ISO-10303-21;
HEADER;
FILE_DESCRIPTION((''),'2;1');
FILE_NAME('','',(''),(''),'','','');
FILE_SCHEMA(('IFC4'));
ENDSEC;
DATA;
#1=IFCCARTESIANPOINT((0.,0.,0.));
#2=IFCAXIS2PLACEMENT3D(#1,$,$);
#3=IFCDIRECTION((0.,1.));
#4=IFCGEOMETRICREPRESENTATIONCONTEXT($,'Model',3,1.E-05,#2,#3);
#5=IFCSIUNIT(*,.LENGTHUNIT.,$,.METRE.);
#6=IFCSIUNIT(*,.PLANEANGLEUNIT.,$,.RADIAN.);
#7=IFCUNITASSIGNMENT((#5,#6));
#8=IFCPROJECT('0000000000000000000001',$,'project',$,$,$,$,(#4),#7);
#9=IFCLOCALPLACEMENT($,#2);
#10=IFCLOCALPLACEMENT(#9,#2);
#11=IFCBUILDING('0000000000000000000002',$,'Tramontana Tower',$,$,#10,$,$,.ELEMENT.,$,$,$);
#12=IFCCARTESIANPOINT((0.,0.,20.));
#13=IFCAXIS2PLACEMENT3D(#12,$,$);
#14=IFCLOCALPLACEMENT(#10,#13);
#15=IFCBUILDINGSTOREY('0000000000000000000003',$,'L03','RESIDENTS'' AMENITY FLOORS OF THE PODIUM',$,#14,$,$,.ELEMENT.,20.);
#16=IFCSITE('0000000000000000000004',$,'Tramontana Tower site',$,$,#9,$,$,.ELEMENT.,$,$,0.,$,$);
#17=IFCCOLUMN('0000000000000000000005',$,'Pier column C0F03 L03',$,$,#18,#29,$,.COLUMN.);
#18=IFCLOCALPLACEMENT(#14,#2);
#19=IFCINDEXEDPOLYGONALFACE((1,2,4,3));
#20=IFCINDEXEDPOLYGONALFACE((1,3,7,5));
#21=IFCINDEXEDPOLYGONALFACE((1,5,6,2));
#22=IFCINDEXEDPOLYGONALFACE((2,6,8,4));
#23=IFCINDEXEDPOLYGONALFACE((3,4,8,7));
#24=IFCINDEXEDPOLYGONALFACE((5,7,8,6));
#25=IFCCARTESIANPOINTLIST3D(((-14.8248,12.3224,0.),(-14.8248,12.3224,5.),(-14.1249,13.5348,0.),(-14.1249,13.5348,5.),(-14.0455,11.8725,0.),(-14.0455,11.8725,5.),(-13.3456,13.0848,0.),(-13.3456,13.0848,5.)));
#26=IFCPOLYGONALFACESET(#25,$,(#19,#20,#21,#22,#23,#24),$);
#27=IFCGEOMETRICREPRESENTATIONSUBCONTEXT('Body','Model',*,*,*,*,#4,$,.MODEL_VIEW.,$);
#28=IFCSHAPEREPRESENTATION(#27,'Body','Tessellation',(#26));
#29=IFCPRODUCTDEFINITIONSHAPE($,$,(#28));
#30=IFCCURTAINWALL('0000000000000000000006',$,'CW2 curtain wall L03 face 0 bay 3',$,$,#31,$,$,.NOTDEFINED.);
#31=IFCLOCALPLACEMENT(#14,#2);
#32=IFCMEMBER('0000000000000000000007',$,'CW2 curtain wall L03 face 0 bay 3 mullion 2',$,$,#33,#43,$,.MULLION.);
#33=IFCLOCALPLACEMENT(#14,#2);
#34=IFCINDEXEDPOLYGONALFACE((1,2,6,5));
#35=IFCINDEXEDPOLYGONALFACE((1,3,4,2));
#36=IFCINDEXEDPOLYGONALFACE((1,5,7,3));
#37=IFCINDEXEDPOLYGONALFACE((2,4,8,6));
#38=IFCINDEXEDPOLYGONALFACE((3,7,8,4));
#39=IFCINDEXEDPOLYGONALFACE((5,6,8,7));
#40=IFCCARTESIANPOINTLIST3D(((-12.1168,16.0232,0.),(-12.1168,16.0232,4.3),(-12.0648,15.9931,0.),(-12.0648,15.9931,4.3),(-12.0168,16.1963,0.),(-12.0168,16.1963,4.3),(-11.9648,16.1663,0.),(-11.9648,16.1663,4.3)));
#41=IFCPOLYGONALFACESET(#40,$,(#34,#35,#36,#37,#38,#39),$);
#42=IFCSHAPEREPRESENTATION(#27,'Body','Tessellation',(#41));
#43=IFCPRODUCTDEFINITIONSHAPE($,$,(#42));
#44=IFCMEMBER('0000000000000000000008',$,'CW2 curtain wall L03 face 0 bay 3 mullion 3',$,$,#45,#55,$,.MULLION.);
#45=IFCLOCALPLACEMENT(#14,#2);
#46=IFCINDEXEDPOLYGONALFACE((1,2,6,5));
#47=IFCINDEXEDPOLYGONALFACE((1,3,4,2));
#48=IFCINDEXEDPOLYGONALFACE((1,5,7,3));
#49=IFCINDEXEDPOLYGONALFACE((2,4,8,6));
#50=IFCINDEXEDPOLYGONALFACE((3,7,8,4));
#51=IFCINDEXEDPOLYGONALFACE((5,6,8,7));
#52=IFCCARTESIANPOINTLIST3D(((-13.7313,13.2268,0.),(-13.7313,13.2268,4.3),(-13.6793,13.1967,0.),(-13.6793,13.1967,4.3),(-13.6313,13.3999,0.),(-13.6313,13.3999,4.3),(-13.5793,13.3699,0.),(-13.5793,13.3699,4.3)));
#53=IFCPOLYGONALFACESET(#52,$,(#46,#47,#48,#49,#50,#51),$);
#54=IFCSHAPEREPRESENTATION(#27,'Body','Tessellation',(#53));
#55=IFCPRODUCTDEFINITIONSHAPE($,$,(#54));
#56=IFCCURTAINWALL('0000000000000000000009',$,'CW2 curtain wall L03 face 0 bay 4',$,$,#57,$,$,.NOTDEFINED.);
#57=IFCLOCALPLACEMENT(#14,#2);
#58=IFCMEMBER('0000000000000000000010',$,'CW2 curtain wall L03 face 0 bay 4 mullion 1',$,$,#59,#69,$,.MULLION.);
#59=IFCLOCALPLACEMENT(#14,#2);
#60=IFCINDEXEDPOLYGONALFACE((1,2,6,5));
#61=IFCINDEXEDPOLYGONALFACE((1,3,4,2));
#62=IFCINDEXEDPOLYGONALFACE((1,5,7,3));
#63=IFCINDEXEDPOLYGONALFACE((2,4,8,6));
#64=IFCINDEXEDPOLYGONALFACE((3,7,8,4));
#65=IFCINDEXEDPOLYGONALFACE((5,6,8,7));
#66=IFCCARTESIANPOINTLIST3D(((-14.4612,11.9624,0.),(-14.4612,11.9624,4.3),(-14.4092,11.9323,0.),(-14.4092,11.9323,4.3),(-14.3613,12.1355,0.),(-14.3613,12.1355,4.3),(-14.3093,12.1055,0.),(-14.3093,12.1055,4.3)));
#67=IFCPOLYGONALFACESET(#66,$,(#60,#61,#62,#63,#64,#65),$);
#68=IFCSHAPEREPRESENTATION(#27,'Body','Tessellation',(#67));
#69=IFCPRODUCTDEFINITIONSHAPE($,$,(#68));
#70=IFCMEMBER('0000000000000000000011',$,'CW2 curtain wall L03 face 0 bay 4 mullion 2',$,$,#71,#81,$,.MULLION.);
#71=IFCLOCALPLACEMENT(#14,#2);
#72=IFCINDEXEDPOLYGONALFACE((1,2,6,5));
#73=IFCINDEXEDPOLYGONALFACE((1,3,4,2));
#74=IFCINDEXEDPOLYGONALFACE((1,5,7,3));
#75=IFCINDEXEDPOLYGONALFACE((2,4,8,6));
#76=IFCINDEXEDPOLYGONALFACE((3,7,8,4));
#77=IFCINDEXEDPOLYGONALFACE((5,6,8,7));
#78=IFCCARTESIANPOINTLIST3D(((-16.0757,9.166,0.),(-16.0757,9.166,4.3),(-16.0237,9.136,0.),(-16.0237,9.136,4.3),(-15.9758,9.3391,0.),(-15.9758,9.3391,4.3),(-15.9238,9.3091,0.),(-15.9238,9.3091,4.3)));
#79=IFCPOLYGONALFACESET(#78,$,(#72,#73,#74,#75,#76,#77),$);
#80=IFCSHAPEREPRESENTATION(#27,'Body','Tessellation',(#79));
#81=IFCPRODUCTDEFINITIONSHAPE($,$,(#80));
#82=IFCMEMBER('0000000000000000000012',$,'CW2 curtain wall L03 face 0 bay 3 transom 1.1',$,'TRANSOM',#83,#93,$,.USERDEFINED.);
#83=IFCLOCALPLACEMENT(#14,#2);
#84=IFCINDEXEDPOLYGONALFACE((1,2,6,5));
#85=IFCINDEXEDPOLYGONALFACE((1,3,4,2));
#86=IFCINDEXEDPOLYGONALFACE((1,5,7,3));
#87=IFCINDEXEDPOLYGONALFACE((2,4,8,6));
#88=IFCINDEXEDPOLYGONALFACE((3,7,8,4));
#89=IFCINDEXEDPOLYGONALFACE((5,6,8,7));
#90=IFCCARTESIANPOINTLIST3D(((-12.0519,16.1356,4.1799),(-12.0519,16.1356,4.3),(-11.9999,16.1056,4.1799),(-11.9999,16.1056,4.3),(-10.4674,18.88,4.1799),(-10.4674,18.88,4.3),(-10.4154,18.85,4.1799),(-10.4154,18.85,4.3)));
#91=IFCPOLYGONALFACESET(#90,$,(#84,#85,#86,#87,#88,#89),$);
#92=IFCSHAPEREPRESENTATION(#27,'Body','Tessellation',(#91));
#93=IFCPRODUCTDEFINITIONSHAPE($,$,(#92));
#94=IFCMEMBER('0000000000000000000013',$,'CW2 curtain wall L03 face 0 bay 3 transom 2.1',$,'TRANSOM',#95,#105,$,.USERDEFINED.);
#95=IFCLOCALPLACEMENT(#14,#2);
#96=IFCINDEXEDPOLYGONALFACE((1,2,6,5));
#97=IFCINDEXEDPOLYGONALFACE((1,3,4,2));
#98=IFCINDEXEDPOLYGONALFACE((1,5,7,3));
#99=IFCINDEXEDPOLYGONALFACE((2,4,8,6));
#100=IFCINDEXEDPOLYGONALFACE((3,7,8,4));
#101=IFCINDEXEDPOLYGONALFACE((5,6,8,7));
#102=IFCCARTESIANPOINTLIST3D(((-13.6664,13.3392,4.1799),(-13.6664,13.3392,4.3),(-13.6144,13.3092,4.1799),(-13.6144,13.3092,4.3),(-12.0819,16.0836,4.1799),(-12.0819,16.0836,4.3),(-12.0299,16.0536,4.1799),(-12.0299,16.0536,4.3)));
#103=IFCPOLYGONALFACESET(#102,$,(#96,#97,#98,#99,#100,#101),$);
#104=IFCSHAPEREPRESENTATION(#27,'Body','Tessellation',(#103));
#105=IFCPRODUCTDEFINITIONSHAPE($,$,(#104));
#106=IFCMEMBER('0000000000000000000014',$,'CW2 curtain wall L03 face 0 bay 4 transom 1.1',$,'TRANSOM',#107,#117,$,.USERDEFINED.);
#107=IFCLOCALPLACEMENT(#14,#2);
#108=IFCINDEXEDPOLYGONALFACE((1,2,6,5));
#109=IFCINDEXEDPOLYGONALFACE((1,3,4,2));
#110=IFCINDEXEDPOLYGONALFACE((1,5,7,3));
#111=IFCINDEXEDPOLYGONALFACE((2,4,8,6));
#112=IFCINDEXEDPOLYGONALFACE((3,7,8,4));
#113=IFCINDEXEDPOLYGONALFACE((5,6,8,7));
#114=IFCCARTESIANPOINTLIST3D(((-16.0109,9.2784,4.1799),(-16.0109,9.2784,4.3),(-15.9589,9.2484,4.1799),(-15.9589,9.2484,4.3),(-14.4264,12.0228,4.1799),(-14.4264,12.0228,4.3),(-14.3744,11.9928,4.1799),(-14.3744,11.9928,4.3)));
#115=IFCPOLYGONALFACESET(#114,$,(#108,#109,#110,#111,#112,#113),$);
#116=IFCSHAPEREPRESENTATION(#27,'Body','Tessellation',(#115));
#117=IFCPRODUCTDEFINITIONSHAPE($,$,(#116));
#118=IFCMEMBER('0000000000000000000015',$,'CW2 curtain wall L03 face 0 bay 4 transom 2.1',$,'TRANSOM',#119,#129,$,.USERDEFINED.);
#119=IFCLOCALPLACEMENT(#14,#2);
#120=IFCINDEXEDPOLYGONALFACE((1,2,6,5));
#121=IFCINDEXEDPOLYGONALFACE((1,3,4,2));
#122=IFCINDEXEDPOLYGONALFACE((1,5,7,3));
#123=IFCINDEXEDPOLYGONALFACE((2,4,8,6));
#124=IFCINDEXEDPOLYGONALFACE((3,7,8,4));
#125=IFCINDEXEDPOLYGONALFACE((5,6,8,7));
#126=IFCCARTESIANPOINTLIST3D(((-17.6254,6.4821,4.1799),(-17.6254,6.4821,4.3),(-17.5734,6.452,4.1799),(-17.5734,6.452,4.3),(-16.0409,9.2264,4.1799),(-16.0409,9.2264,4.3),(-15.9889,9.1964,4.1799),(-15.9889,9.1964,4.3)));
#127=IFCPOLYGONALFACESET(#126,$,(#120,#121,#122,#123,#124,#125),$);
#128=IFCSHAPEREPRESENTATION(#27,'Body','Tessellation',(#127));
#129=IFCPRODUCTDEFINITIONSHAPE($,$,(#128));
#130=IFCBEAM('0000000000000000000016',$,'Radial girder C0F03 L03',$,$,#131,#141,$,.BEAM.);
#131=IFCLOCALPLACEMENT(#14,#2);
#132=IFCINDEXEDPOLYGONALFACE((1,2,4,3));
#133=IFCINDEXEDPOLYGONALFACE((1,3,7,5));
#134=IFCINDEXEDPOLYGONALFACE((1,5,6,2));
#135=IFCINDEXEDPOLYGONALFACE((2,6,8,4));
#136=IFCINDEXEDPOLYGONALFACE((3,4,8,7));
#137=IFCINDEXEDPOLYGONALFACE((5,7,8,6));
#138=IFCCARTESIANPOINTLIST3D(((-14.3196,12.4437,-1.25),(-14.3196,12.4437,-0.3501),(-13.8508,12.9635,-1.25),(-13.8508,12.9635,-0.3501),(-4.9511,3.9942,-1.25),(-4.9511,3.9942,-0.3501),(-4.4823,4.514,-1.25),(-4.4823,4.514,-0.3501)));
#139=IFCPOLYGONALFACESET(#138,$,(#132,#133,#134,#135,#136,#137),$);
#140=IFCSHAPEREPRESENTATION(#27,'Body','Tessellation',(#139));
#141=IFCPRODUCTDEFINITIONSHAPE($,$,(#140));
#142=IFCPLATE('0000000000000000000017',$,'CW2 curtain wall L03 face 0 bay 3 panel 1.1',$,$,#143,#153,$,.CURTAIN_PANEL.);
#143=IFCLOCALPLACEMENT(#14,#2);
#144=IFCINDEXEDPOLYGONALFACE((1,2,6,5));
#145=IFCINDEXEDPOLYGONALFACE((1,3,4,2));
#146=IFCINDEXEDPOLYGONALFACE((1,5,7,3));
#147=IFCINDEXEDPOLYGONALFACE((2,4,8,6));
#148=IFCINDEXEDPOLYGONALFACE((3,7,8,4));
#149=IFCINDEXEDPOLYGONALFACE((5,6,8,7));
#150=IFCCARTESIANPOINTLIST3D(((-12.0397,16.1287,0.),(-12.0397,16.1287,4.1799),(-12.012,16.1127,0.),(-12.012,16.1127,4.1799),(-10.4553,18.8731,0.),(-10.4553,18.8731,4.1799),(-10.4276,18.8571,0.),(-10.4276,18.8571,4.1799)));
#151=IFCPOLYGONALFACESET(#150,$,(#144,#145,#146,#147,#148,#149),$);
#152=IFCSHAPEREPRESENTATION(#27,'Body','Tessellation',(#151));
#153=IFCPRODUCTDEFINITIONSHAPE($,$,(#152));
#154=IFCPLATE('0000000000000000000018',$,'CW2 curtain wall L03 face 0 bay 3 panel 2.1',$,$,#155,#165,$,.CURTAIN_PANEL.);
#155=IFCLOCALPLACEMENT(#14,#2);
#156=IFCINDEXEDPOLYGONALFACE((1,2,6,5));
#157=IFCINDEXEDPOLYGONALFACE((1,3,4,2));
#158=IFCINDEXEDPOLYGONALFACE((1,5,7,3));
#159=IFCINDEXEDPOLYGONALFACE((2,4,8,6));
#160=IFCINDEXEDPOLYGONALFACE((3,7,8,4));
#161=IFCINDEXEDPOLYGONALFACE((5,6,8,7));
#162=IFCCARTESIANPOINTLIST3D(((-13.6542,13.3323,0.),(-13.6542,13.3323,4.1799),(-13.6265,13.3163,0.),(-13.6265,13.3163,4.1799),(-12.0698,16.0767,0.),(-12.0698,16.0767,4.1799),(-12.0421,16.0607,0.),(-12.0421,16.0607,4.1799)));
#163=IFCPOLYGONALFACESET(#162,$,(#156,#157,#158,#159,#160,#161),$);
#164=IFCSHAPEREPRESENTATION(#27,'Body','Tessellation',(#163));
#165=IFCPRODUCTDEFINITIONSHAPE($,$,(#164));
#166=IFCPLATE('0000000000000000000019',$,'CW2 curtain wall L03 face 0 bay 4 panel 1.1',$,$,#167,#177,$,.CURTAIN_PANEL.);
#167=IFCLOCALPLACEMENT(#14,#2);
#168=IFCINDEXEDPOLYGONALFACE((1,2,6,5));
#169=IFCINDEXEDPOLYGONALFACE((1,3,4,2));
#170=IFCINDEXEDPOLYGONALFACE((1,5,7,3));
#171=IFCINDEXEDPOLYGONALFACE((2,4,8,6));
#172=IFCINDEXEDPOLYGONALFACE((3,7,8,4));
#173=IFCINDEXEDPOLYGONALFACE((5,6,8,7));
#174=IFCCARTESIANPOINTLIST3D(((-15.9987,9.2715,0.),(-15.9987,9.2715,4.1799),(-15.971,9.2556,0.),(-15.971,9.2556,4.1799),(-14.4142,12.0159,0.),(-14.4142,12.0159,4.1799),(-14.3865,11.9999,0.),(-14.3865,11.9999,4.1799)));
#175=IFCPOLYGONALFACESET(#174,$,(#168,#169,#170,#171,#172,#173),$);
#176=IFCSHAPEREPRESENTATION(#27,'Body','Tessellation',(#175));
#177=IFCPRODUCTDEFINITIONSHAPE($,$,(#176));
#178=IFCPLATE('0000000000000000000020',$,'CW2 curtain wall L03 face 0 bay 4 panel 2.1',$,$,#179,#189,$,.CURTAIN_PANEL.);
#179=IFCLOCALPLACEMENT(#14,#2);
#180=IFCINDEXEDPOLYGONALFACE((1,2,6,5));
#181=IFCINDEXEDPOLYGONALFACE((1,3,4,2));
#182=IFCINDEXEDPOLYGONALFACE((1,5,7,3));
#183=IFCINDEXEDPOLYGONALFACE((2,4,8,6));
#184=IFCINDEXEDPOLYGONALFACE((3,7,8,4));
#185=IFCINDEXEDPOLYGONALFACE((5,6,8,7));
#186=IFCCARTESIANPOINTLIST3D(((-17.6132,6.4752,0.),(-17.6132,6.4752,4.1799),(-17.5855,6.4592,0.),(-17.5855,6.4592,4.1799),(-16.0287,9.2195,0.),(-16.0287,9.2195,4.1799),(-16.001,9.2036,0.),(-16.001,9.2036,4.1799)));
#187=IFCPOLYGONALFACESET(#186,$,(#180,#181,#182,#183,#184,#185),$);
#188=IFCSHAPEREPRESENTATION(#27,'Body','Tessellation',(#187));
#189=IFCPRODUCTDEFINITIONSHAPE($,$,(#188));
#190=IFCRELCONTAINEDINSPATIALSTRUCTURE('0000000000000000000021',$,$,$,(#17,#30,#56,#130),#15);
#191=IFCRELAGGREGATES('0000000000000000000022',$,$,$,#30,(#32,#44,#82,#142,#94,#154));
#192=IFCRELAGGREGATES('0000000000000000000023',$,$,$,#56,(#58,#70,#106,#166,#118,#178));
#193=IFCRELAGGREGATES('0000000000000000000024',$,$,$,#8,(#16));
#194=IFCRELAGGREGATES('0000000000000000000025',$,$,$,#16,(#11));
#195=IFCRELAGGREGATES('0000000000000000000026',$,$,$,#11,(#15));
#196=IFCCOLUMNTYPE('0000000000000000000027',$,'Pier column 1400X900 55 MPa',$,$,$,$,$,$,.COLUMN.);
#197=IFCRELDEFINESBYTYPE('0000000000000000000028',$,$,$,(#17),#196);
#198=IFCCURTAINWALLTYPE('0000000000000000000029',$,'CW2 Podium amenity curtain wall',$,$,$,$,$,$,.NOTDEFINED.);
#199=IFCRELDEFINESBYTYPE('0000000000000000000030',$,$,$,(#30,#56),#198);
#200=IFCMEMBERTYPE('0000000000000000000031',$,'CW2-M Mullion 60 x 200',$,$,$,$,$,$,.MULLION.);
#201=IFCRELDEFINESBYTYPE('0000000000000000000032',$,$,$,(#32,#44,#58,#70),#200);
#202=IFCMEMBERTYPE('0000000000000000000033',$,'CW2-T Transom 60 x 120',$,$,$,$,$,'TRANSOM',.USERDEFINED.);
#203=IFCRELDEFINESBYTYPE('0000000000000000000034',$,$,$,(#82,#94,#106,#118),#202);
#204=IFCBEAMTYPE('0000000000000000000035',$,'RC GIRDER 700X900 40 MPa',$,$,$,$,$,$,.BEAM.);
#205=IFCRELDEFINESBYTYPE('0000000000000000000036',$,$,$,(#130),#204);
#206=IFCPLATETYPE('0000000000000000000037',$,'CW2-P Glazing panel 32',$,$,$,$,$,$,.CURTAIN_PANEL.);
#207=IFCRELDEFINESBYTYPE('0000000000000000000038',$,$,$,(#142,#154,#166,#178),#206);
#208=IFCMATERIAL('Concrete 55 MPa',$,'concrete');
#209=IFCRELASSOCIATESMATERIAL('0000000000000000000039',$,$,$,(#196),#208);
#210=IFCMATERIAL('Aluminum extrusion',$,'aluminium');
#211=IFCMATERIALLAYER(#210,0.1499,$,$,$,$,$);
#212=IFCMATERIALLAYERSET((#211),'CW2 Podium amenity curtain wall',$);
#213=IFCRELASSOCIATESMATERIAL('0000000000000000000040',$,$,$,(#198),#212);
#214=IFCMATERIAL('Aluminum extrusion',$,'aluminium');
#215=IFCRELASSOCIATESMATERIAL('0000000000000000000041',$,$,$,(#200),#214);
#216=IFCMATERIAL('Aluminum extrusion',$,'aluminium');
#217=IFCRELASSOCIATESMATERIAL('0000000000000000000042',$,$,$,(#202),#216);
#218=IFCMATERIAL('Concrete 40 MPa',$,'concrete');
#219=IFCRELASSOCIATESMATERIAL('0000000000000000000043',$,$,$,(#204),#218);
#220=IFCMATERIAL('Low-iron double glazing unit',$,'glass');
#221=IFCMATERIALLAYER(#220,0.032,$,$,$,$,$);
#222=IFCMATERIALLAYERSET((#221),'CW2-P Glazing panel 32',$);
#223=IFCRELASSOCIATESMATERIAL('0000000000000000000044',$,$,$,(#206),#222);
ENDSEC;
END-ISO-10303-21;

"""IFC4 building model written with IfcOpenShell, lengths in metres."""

from ifc_helpers import new_model, si_unit, direction, frame, origin, origin_2d, place, context, subcontext, project, spatial, rectangle, extrude, material, layer, layer_set, material_profile, profile_set, type_object, element, aggregate, save


model = new_model("IFC4")

# Units and contexts
model_context = context("Model", 3, precision=1e-05, world=origin(), true_north=direction((0.0, 1.0)))
body_context = subcontext(model_context, "Body", "Model", "MODEL_VIEW")
ifc_project = project(units=[si_unit("LENGTHUNIT", "METRE"), si_unit("PLANEANGLEUNIT", "RADIAN")], contexts=[model_context])

# Site, building, storey
site_placement = place(None, origin())
site = spatial("IfcSite", under=ifc_project, at=site_placement, Name="Tramontana Tower site", CompositionType="ELEMENT", RefElevation=0.0)
building_placement = place(site_placement, origin())
building = spatial("IfcBuilding", under=site, at=building_placement, Name="Tramontana Tower", CompositionType="ELEMENT")
storey_placement = place(building_placement, frame((0.0, 0.0, 20.0)))
storey = spatial("IfcBuildingStorey", under=building, at=storey_placement, Name="L03", Description="RESIDENTS' AMENITY FLOORS OF THE PODIUM", CompositionType="ELEMENT", Elevation=20.0)

# Column
ifc_material_1 = material(Name="Concrete 55 MPa", Category="concrete")
ifc_material_profile_1 = material_profile(ifc_material_1, rectangle(XDim=1.3999, YDim=0.8999, at=origin_2d()), Name="Pier column 1400X900 55 MPa")
ifc_profile_set_1 = profile_set([ifc_material_profile_1], Name="Concrete 55 MPa")
column_type = type_object("IfcColumnType", Name="Pier column 1400X900 55 MPa", PredefinedType="COLUMN", material=ifc_profile_set_1)
column_placement = place(storey_placement, frame((-14.0852, 12.7036, 0.0), z_axis=(0.0, 0.0, 1.0), x_axis=(-0.5, -0.866025, 0.0)))
element("IfcColumn", 1, at=column_placement, inside=storey, type_object=column_type, Name="Pier column C0F03 L03", PredefinedType="COLUMN", context=body_context, shape_type="SweptSolid", body=[
    extrude(rectangle(XDim=1.3999, YDim=0.8999, at=origin_2d()), origin(), (0.0, 0.0, 1.0), 5.0),
])

# Curtain walls, members
ifc_material_2 = material(Name="Aluminum extrusion", Category="aluminium")
ifc_layer_1 = layer(ifc_material_2, 0.1499)
ifc_layer_set_1 = layer_set([ifc_layer_1], Name="CW2 Podium amenity curtain wall")
curtain_wall_type = type_object("IfcCurtainWallType", Name="CW2 Podium amenity curtain wall", PredefinedType="NOTDEFINED", material=ifc_layer_set_1)
curtain_wall_1_placement = place(storey_placement, origin())
curtain_wall_1 = element("IfcCurtainWall", 2, at=curtain_wall_1_placement, inside=storey, type_object=curtain_wall_type, Name="CW2 curtain wall L03 face 0 bay 3", PredefinedType="NOTDEFINED")
ifc_material_3 = material(Name="Aluminum extrusion", Category="aluminium")
ifc_material_profile_2 = material_profile(ifc_material_3, rectangle(XDim=0.0601, YDim=0.2, at=origin_2d()), Name="CW2-M Mullion 60 x 200")
ifc_profile_set_2 = profile_set([ifc_material_profile_2], Name="Aluminum extrusion")
member_type_1 = type_object("IfcMemberType", Name="CW2-M Mullion 60 x 200", PredefinedType="MULLION", material=ifc_profile_set_2)
member_1_placement = place(storey_placement, frame((-12.0408, 16.0947, 0.0), z_axis=(0.0, 0.0, 1.0), x_axis=(0.866025, -0.5, 0.0)))
member_1 = element("IfcMember", 3, at=member_1_placement, type_object=member_type_1, Name="CW2 curtain wall L03 face 0 bay 3 mullion 2", PredefinedType="MULLION", context=body_context, shape_type="SweptSolid", body=[
    extrude(rectangle(XDim=0.0601, YDim=0.2, at=origin_2d()), origin(), (0.0, 0.0, 1.0), 4.3),
])
member_2_placement = place(storey_placement, frame((-13.6553, 13.2983, 0.0), z_axis=(0.0, 0.0, 1.0), x_axis=(0.866025, -0.5, 0.0)))
member_2 = element("IfcMember", 4, at=member_2_placement, type_object=member_type_1, Name="CW2 curtain wall L03 face 0 bay 3 mullion 3", PredefinedType="MULLION", context=body_context, shape_type="SweptSolid", body=[
    extrude(rectangle(XDim=0.0601, YDim=0.2, at=origin_2d()), origin(), (0.0, 0.0, 1.0), 4.3),
])
curtain_wall_2_placement = place(storey_placement, origin())
curtain_wall_2 = element("IfcCurtainWall", 5, at=curtain_wall_2_placement, inside=storey, type_object=curtain_wall_type, Name="CW2 curtain wall L03 face 0 bay 4", PredefinedType="NOTDEFINED")
member_3_placement = place(storey_placement, frame((-14.3853, 12.0339, 0.0), z_axis=(0.0, 0.0, 1.0), x_axis=(0.866025, -0.5, 0.0)))
member_3 = element("IfcMember", 6, at=member_3_placement, type_object=member_type_1, Name="CW2 curtain wall L03 face 0 bay 4 mullion 1", PredefinedType="MULLION", context=body_context, shape_type="SweptSolid", body=[
    extrude(rectangle(XDim=0.0601, YDim=0.2, at=origin_2d()), origin(), (0.0, 0.0, 1.0), 4.3),
])
member_4_placement = place(storey_placement, frame((-15.9998, 9.2375, 0.0), z_axis=(0.0, 0.0, 1.0), x_axis=(0.866025, -0.5, 0.0)))
member_4 = element("IfcMember", 7, at=member_4_placement, type_object=member_type_1, Name="CW2 curtain wall L03 face 0 bay 4 mullion 2", PredefinedType="MULLION", context=body_context, shape_type="SweptSolid", body=[
    extrude(rectangle(XDim=0.0601, YDim=0.2, at=origin_2d()), origin(), (0.0, 0.0, 1.0), 4.3),
])

# Members
ifc_material_4 = material(Name="Aluminum extrusion", Category="aluminium")
ifc_material_profile_3 = material_profile(ifc_material_4, rectangle(XDim=0.0601, YDim=0.1201, at=origin_2d()), Name="CW2-T Transom 60 x 120")
ifc_profile_set_3 = profile_set([ifc_material_profile_3], Name="Aluminum extrusion")
member_type_2 = type_object("IfcMemberType", Name="CW2-T Transom 60 x 120", ElementType="TRANSOM", PredefinedType="USERDEFINED", material=ifc_profile_set_3)
member_5_placement = place(storey_placement, frame((-10.4414, 18.865, 4.24), z_axis=(-0.5, -0.866025, 0.0), x_axis=(0.866025, -0.5, 0.0)))
member_5 = element("IfcMember", 8, at=member_5_placement, type_object=member_type_2, Name="CW2 curtain wall L03 face 0 bay 3 transom 1.1", ObjectType="TRANSOM", PredefinedType="USERDEFINED", context=body_context, shape_type="SweptSolid", body=[
    extrude(rectangle(XDim=0.0601, YDim=0.1201, at=origin_2d()), origin(), (0.0, 0.0, 1.0), 3.1689),
])
member_6_placement = place(storey_placement, frame((-12.0559, 16.0686, 4.24), z_axis=(-0.5, -0.866025, 0.0), x_axis=(0.866025, -0.5, 0.0)))
member_6 = element("IfcMember", 9, at=member_6_placement, type_object=member_type_2, Name="CW2 curtain wall L03 face 0 bay 3 transom 2.1", ObjectType="TRANSOM", PredefinedType="USERDEFINED", context=body_context, shape_type="SweptSolid", body=[
    extrude(rectangle(XDim=0.0601, YDim=0.1201, at=origin_2d()), origin(), (0.0, 0.0, 1.0), 3.1689),
])
member_7_placement = place(storey_placement, frame((-14.4004, 12.0078, 4.24), z_axis=(-0.5, -0.866025, 0.0), x_axis=(0.866025, -0.5, 0.0)))
member_7 = element("IfcMember", 10, at=member_7_placement, type_object=member_type_2, Name="CW2 curtain wall L03 face 0 bay 4 transom 1.1", ObjectType="TRANSOM", PredefinedType="USERDEFINED", context=body_context, shape_type="SweptSolid", body=[
    extrude(rectangle(XDim=0.0601, YDim=0.1201, at=origin_2d()), origin(), (0.0, 0.0, 1.0), 3.1689),
])
member_8_placement = place(storey_placement, frame((-16.0149, 9.2114, 4.24), z_axis=(-0.5, -0.866025, 0.0), x_axis=(0.866025, -0.5, 0.0)))
member_8 = element("IfcMember", 11, at=member_8_placement, type_object=member_type_2, Name="CW2 curtain wall L03 face 0 bay 4 transom 2.1", ObjectType="TRANSOM", PredefinedType="USERDEFINED", context=body_context, shape_type="SweptSolid", body=[
    extrude(rectangle(XDim=0.0601, YDim=0.1201, at=origin_2d()), origin(), (0.0, 0.0, 1.0), 3.1689),
])

# Beam
ifc_material_5 = material(Name="Concrete 40 MPa", Category="concrete")
ifc_material_profile_4 = material_profile(ifc_material_5, rectangle(XDim=0.7, YDim=0.8999, at=origin_2d()), Name="RC GIRDER 700X900 40 MPa")
ifc_profile_set_4 = profile_set([ifc_material_profile_4], Name="Concrete 40 MPa")
beam_type = type_object("IfcBeamType", Name="RC GIRDER 700X900 40 MPa", PredefinedType="BEAM", material=ifc_profile_set_4)
beam_placement = place(storey_placement, frame((-14.0852, 12.7036, -0.8), z_axis=(0.742588, -0.669748, 0.0), x_axis=(0.669748, 0.742588, 0.0)))
element("IfcBeam", 12, at=beam_placement, inside=storey, type_object=beam_type, Name="Radial girder C0F03 L03", PredefinedType="BEAM", context=body_context, shape_type="SweptSolid", body=[
    extrude(rectangle(XDim=0.7, YDim=0.8999, at=origin_2d()), origin(), (0.0, 0.0, 1.0), 12.616),
])

# Plates
ifc_material_6 = material(Name="Low-iron double glazing unit", Category="glass")
ifc_layer_2 = layer(ifc_material_6, 0.032)
ifc_layer_set_2 = layer_set([ifc_layer_2], Name="CW2-P Glazing panel 32")
plate_type = type_object("IfcPlateType", Name="CW2-P Glazing panel 32", PredefinedType="CURTAIN_PANEL", material=ifc_layer_set_2)
plate_1_placement = place(storey_placement, frame((-11.2336, 17.4929, 0.0), z_axis=(0.0, 0.0, 1.0), x_axis=(-0.5, -0.866025, 0.0)))
plate_1 = element("IfcPlate", 13, at=plate_1_placement, type_object=plate_type, Name="CW2 curtain wall L03 face 0 bay 3 panel 1.1", PredefinedType="CURTAIN_PANEL", context=body_context, shape_type="SweptSolid", body=[
    extrude(rectangle(XDim=3.1689, YDim=0.032, at=origin_2d()), origin(), (0.0, 0.0, 1.0), 4.1799),
])
plate_2_placement = place(storey_placement, frame((-12.8481, 14.6965, 0.0), z_axis=(0.0, 0.0, 1.0), x_axis=(-0.5, -0.866025, 0.0)))
plate_2 = element("IfcPlate", 14, at=plate_2_placement, type_object=plate_type, Name="CW2 curtain wall L03 face 0 bay 3 panel 2.1", PredefinedType="CURTAIN_PANEL", context=body_context, shape_type="SweptSolid", body=[
    extrude(rectangle(XDim=3.1689, YDim=0.032, at=origin_2d()), origin(), (0.0, 0.0, 1.0), 4.1799),
])
aggregate(curtain_wall_1, [member_1, member_2, member_5, plate_1, member_6, plate_2])
plate_3_placement = place(storey_placement, frame((-15.1926, 10.6357, 0.0), z_axis=(0.0, 0.0, 1.0), x_axis=(-0.5, -0.866025, 0.0)))
plate_3 = element("IfcPlate", 15, at=plate_3_placement, type_object=plate_type, Name="CW2 curtain wall L03 face 0 bay 4 panel 1.1", PredefinedType="CURTAIN_PANEL", context=body_context, shape_type="SweptSolid", body=[
    extrude(rectangle(XDim=3.1689, YDim=0.032, at=origin_2d()), origin(), (0.0, 0.0, 1.0), 4.1799),
])
plate_4_placement = place(storey_placement, frame((-16.8071, 7.8394, 0.0), z_axis=(0.0, 0.0, 1.0), x_axis=(-0.5, -0.866025, 0.0)))
plate_4 = element("IfcPlate", 16, at=plate_4_placement, type_object=plate_type, Name="CW2 curtain wall L03 face 0 bay 4 panel 2.1", PredefinedType="CURTAIN_PANEL", context=body_context, shape_type="SweptSolid", body=[
    extrude(rectangle(XDim=3.1689, YDim=0.032, at=origin_2d()), origin(), (0.0, 0.0, 1.0), 4.1799),
])
aggregate(curtain_wall_2, [member_3, member_4, member_7, plate_3, member_8, plate_4])

save(model, "model.ifc")
